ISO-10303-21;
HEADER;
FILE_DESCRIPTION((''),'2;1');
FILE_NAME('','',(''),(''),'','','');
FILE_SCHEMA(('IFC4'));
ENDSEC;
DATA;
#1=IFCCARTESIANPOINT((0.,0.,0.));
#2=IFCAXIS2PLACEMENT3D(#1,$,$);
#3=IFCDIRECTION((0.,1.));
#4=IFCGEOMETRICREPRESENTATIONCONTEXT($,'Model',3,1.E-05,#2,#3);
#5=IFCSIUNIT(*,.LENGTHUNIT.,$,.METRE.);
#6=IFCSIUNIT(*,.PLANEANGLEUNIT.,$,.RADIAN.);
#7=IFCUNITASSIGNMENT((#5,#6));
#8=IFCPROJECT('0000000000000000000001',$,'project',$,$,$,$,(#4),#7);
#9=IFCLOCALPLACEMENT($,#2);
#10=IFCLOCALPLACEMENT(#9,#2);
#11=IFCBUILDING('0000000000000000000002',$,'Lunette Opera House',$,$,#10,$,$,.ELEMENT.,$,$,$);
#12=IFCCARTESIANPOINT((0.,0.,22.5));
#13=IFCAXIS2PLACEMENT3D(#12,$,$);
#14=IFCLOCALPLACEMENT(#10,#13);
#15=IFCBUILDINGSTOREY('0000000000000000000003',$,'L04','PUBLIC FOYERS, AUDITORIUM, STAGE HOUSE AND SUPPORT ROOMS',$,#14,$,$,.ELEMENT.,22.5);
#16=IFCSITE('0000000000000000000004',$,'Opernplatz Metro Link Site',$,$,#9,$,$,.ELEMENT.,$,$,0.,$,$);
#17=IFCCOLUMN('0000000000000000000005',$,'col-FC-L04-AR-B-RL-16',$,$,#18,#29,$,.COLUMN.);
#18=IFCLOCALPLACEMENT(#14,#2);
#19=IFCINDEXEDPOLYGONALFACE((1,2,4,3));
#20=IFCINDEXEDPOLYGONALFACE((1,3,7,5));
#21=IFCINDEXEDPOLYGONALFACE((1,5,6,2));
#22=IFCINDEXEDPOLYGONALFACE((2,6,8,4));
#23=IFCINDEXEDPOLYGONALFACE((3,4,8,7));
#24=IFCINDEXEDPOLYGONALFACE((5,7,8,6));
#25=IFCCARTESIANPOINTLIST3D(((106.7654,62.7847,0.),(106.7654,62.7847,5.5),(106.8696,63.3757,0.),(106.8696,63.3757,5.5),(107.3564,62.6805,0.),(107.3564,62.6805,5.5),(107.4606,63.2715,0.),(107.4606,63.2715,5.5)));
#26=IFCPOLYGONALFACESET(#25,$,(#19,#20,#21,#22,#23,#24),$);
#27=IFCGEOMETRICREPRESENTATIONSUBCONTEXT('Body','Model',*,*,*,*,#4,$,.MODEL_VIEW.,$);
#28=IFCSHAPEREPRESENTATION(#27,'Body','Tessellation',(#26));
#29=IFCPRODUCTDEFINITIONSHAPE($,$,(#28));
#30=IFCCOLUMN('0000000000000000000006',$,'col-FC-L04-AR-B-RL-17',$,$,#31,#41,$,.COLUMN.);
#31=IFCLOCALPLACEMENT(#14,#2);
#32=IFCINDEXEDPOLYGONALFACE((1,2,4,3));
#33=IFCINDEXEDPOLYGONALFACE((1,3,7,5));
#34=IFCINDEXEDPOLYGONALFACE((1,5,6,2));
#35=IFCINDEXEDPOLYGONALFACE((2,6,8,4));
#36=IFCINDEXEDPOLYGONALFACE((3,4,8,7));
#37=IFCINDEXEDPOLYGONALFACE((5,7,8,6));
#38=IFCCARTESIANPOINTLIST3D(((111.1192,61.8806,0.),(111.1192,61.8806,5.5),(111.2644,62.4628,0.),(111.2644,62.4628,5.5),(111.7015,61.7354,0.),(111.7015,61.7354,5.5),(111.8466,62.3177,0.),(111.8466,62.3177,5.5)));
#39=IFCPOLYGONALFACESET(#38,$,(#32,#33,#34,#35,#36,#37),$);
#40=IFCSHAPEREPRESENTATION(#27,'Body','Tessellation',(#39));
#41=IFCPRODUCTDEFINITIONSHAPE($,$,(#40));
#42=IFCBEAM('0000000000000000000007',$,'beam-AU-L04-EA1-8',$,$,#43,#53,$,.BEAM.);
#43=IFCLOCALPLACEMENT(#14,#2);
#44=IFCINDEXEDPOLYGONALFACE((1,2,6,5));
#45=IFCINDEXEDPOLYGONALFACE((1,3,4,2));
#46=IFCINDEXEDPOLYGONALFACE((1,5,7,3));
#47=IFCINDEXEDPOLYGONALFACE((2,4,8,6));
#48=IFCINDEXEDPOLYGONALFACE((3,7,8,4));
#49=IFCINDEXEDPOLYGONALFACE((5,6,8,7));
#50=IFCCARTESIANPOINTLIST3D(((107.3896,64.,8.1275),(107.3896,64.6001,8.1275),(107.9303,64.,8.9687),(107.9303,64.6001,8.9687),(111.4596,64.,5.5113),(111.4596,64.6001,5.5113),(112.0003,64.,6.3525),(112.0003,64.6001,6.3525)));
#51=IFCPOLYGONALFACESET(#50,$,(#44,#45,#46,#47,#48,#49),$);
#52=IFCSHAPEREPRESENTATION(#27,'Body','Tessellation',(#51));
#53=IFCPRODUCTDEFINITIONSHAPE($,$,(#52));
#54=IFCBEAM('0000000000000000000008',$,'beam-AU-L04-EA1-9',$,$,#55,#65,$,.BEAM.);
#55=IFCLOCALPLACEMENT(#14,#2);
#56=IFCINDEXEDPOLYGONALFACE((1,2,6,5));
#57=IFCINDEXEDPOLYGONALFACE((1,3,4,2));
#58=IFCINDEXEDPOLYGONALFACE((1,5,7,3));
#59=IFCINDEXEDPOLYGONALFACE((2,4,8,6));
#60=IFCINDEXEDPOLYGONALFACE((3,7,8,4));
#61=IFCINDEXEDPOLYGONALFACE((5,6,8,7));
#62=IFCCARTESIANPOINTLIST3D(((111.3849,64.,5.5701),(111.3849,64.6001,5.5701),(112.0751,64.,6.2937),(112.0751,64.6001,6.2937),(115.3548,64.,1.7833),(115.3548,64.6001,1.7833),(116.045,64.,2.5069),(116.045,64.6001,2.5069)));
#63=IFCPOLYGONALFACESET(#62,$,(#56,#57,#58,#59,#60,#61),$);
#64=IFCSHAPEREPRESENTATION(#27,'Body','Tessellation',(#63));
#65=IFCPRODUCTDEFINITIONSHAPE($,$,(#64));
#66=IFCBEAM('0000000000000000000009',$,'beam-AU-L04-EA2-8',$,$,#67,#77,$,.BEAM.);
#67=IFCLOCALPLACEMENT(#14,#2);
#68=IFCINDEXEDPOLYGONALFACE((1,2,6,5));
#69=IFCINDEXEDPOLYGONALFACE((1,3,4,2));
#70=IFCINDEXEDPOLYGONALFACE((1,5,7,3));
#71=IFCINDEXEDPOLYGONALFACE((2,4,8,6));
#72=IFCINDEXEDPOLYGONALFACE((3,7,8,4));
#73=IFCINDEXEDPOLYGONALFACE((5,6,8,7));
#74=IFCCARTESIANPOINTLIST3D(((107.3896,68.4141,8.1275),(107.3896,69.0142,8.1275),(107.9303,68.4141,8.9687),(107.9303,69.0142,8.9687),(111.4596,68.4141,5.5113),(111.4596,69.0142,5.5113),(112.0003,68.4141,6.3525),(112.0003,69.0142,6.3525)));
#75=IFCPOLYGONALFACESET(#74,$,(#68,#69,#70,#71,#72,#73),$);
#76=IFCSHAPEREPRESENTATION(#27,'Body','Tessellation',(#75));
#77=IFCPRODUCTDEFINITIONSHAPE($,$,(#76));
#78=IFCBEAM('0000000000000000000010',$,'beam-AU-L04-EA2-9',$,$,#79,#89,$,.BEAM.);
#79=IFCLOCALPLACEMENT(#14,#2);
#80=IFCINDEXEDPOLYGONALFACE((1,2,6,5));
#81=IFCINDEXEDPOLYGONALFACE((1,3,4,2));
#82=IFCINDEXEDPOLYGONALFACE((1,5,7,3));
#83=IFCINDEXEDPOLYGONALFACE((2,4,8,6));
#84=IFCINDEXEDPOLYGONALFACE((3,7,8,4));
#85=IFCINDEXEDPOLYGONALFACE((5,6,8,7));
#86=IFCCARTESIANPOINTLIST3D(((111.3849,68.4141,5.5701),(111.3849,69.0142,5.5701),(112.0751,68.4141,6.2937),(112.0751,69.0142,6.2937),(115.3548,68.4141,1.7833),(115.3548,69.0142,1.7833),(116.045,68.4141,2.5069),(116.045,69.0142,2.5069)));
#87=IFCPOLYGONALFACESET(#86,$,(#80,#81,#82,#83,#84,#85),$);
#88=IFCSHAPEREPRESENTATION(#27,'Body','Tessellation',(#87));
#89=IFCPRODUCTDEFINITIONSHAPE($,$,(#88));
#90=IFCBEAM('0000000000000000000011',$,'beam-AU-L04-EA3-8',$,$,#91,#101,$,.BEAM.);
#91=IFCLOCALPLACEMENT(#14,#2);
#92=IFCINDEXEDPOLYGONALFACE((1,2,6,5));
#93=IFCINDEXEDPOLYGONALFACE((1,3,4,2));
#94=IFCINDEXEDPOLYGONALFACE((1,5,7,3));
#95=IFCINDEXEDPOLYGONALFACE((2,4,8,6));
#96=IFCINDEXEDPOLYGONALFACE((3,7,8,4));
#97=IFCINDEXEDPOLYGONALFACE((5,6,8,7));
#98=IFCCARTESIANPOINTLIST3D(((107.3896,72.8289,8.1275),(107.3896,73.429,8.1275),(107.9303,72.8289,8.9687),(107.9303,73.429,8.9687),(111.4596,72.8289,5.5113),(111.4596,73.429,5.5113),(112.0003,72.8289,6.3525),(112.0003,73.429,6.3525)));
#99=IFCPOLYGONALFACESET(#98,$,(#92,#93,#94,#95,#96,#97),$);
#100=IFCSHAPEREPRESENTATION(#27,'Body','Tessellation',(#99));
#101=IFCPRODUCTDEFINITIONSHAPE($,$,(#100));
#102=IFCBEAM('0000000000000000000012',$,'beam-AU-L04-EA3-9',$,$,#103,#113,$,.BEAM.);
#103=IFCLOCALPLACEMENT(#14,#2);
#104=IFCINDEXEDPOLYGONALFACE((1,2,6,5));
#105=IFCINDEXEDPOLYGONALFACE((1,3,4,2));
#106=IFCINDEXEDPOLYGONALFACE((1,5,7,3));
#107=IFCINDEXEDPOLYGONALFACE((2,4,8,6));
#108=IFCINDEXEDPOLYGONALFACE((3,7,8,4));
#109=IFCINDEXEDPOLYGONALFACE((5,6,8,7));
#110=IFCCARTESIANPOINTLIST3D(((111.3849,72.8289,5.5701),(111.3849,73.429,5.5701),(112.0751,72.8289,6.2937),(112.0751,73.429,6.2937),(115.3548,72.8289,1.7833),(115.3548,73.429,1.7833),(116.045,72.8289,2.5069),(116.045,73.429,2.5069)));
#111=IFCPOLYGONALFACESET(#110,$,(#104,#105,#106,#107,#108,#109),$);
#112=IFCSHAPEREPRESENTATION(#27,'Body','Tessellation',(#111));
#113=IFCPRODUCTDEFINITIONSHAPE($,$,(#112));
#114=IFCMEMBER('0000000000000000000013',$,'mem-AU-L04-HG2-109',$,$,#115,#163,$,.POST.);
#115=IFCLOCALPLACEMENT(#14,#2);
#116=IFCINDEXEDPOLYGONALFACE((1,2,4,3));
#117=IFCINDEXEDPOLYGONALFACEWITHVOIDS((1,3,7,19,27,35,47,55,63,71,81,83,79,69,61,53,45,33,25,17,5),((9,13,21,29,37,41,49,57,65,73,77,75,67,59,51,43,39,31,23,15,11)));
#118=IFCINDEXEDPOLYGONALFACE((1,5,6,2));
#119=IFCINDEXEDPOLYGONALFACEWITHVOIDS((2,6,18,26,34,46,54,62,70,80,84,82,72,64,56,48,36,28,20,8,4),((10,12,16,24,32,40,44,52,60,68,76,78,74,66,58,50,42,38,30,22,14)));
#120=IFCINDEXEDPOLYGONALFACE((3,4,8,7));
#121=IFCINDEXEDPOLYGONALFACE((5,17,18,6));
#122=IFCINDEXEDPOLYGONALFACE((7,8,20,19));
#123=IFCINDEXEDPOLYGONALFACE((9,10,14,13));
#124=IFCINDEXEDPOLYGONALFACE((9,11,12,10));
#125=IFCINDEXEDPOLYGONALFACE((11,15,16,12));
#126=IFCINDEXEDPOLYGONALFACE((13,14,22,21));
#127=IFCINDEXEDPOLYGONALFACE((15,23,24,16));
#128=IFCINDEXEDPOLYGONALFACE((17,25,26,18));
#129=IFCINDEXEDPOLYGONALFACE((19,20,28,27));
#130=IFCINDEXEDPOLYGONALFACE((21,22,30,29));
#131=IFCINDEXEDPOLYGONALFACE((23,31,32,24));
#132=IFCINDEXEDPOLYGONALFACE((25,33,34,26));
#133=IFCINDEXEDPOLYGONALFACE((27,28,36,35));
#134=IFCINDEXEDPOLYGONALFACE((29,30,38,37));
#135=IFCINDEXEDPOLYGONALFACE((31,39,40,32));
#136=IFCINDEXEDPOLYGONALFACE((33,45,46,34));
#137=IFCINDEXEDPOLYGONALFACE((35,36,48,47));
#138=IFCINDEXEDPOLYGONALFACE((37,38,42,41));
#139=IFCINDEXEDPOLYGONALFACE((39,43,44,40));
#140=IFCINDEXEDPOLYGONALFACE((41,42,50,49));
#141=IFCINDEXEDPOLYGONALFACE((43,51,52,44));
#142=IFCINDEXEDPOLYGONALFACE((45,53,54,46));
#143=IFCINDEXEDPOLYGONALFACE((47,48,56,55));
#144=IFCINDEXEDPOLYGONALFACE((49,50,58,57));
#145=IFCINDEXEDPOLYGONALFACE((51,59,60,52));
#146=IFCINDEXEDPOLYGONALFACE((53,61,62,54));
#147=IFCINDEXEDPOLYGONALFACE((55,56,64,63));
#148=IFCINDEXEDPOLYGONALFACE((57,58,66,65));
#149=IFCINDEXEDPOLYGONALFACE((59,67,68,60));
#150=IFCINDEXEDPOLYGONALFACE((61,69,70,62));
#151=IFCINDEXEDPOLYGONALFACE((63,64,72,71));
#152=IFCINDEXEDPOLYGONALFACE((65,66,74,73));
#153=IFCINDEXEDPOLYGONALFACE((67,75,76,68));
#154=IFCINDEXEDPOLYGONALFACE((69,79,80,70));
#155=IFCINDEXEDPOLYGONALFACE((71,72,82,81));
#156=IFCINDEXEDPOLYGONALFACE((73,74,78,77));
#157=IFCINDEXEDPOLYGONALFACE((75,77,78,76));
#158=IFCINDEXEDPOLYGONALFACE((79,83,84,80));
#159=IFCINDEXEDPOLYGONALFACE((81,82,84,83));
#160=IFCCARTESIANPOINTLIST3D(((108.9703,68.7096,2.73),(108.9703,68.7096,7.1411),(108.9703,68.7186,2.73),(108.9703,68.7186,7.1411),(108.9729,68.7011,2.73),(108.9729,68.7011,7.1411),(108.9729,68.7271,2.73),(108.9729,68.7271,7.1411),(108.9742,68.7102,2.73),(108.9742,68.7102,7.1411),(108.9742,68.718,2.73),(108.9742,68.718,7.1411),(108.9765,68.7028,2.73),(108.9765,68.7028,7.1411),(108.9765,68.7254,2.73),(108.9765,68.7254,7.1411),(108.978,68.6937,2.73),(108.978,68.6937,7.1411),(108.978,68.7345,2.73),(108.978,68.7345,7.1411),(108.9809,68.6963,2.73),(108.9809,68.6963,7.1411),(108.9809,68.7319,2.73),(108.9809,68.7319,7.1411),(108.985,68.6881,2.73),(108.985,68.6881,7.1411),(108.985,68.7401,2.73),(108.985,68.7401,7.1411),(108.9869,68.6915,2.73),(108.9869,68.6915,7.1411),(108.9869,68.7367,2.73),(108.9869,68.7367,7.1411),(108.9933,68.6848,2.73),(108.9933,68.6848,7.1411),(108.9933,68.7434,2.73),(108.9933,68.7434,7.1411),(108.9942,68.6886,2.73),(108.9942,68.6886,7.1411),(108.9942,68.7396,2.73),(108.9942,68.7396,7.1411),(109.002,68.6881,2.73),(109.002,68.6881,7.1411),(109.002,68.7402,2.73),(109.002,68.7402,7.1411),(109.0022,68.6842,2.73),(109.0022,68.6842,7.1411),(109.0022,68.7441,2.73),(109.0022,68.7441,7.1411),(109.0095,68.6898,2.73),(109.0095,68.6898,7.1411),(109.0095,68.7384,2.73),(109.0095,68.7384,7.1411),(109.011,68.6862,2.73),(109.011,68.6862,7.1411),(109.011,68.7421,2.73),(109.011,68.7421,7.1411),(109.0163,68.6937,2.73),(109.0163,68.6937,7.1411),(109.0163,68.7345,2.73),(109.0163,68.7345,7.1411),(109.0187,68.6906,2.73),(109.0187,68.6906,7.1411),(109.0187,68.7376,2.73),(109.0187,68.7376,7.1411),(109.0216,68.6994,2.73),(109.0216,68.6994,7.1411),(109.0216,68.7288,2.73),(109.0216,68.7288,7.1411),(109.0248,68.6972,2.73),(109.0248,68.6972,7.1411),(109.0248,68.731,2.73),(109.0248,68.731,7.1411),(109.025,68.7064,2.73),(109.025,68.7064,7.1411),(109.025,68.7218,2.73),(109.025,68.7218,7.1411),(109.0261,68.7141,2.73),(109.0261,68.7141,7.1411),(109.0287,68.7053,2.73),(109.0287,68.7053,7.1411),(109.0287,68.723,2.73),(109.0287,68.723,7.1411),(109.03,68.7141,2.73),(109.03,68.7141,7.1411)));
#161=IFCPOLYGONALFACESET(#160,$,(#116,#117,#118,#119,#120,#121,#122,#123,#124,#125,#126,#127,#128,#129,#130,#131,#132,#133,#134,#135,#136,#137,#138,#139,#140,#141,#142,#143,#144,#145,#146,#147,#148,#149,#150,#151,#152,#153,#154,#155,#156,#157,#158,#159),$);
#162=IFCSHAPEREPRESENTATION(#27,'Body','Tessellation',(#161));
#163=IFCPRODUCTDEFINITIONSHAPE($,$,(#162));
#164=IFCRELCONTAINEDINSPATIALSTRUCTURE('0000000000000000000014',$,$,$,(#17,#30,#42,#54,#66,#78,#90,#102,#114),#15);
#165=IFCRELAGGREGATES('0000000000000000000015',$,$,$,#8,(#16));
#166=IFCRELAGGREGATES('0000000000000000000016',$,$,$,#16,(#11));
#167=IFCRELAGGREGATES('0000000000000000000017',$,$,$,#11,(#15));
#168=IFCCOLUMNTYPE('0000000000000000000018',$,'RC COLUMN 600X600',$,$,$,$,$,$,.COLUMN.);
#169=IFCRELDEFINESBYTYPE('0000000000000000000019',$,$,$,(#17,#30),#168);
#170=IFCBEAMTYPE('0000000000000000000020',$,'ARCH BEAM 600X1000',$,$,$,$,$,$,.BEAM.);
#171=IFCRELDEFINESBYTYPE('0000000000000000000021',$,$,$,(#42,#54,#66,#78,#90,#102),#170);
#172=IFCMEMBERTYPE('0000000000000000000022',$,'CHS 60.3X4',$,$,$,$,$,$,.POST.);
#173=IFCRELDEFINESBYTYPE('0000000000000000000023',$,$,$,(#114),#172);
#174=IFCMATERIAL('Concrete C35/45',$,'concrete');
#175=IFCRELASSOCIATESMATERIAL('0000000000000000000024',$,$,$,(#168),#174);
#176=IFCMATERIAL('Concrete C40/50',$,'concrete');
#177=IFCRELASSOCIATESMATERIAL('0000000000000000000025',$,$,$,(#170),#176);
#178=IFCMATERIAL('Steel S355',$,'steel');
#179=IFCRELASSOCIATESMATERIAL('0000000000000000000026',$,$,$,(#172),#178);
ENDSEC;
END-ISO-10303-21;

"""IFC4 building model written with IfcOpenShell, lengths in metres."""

from ifc_helpers import new_model, si_unit, direction, frame, origin, origin_2d, place, context, subcontext, project, spatial, rectangle, hollow_circle, extrude, material, material_profile, profile_set, type_object, element, save


model = new_model("IFC4")

# Units and contexts
model_context = context("Model", 3, precision=1e-05, world=origin(), true_north=direction((0.0, 1.0)))
body_context = subcontext(model_context, "Body", "Model", "MODEL_VIEW")
ifc_project = project(units=[si_unit("LENGTHUNIT", "METRE"), si_unit("PLANEANGLEUNIT", "RADIAN")], contexts=[model_context])

# Site, building, storey
site_placement = place(None, origin())
site = spatial("IfcSite", under=ifc_project, at=site_placement, Name="Opernplatz Metro Link Site", CompositionType="ELEMENT", RefElevation=0.0)
building_placement = place(site_placement, origin())
building = spatial("IfcBuilding", under=site, at=building_placement, Name="Lunette Opera House", CompositionType="ELEMENT")
storey_placement = place(building_placement, frame((0.0, 0.0, 22.5)))
storey = spatial("IfcBuildingStorey", under=building, at=storey_placement, Name="L04", Description="PUBLIC FOYERS, AUDITORIUM, STAGE HOUSE AND SUPPORT ROOMS", CompositionType="ELEMENT", Elevation=22.5)

# Columns
ifc_material_1 = material(Name="Concrete C35/45", Category="concrete")
ifc_material_profile_1 = material_profile(ifc_material_1, rectangle(XDim=0.6001, YDim=0.6001, at=origin_2d()), Name="RC COLUMN 600X600")
ifc_profile_set_1 = profile_set([ifc_material_profile_1], Name="Concrete C35/45")
column_type = type_object("IfcColumnType", Name="RC COLUMN 600X600", PredefinedType="COLUMN", material=ifc_profile_set_1)
for number, where, z_axis, x_axis, name in (
    (1, (107.113, 63.0281, 0.0), (0.0, 0.0, 1.0), (0.984808, -0.173648, 0.0), "col-FC-L04-AR-B-RL-16"),
    (2, (111.4829, 62.0991, 0.0), (0.0, 0.0, 1.0), (0.970296, -0.241922, 0.0), "col-FC-L04-AR-B-RL-17"),
):
    element("IfcColumn", number, at=place(storey_placement, frame(where, z_axis=z_axis, x_axis=x_axis)), inside=storey, type_object=column_type, Name=name, PredefinedType="COLUMN", context=body_context, shape_type="SweptSolid", body=[
        extrude(rectangle(XDim=0.6001, YDim=0.6001, at=origin_2d()), origin(), (0.0, 0.0, 1.0), 5.5),
    ])

# Beams
ifc_material_2 = material(Name="Concrete C40/50", Category="concrete")
ifc_material_profile_2 = material_profile(ifc_material_2, rectangle(XDim=0.6001, YDim=1.0, at=origin_2d()), Name="ARCH BEAM 600X1000")
ifc_profile_set_2 = profile_set([ifc_material_profile_2], Name="Concrete C40/50")
beam_type_1 = type_object("IfcBeamType", Name="ARCH BEAM 600X1000", PredefinedType="BEAM", material=ifc_profile_set_2)
beam_1_placement = place(storey_placement, frame((107.6599, 64.3, 8.5481), z_axis=(0.841203, 0.0, -0.540719), x_axis=(0.0, 1.0, 0.0)))
element("IfcBeam", 3, at=beam_1_placement, inside=storey, type_object=beam_type_1, Name="beam-AU-L04-EA1-8", PredefinedType="BEAM", context=body_context, shape_type="SweptSolid", body=[
    extrude(rectangle(XDim=0.6001, YDim=1.0, at=origin_2d()), origin(), (0.0, 0.0, 1.0), 4.8384),
])
beam_2_placement = place(storey_placement, frame((111.73, 64.3, 5.9319), z_axis=(0.723597, 0.0, -0.690223), x_axis=(0.0, 1.0, 0.0)))
element("IfcBeam", 4, at=beam_2_placement, inside=storey, type_object=beam_type_1, Name="beam-AU-L04-EA1-9", PredefinedType="BEAM", context=body_context, shape_type="SweptSolid", body=[
    extrude(rectangle(XDim=0.6001, YDim=1.0, at=origin_2d()), origin(), (0.0, 0.0, 1.0), 5.4863),
])
beam_3_placement = place(storey_placement, frame((107.6599, 68.7141, 8.5481), z_axis=(0.841203, 0.0, -0.540719), x_axis=(0.0, 1.0, 0.0)))
element("IfcBeam", 5, at=beam_3_placement, inside=storey, type_object=beam_type_1, Name="beam-AU-L04-EA2-8", PredefinedType="BEAM", context=body_context, shape_type="SweptSolid", body=[
    extrude(rectangle(XDim=0.6001, YDim=1.0, at=origin_2d()), origin(), (0.0, 0.0, 1.0), 4.8384),
])
beam_4_placement = place(storey_placement, frame((111.73, 68.7141, 5.9319), z_axis=(0.723597, 0.0, -0.690223), x_axis=(0.0, 1.0, 0.0)))
element("IfcBeam", 6, at=beam_4_placement, inside=storey, type_object=beam_type_1, Name="beam-AU-L04-EA2-9", PredefinedType="BEAM", context=body_context, shape_type="SweptSolid", body=[
    extrude(rectangle(XDim=0.6001, YDim=1.0, at=origin_2d()), origin(), (0.0, 0.0, 1.0), 5.4863),
])
beam_5_placement = place(storey_placement, frame((107.6599, 73.1289, 8.5481), z_axis=(0.841203, 0.0, -0.540719), x_axis=(0.0, 1.0, 0.0)))
element("IfcBeam", 7, at=beam_5_placement, inside=storey, type_object=beam_type_1, Name="beam-AU-L04-EA3-8", PredefinedType="BEAM", context=body_context, shape_type="SweptSolid", body=[
    extrude(rectangle(XDim=0.6001, YDim=1.0, at=origin_2d()), origin(), (0.0, 0.0, 1.0), 4.8384),
])
beam_6_placement = place(storey_placement, frame((111.73, 73.1289, 5.9319), z_axis=(0.723597, 0.0, -0.690223), x_axis=(0.0, 1.0, 0.0)))
element("IfcBeam", 8, at=beam_6_placement, inside=storey, type_object=beam_type_1, Name="beam-AU-L04-EA3-9", PredefinedType="BEAM", context=body_context, shape_type="SweptSolid", body=[
    extrude(rectangle(XDim=0.6001, YDim=1.0, at=origin_2d()), origin(), (0.0, 0.0, 1.0), 5.4863),
])

# Member
ifc_material_3 = material(Name="Steel S355", Category="steel")
ifc_material_profile_3 = material_profile(ifc_material_3, hollow_circle(Radius=0.03, WallThickness=0.0039, at=origin_2d()), Name="CHS 60.3X4")
ifc_profile_set_3 = profile_set([ifc_material_profile_3], Name="Steel S355")
member_type = type_object("IfcMemberType", Name="CHS 60.3X4", PredefinedType="POST", material=ifc_profile_set_3)
for number, where, z_axis, x_axis, name in (
    (9, (109.0, 68.7141, 2.73), (0.0, 0.0, 1.0), (1.0, 0.0, 0.0), "mem-AU-L04-HG2-109"),
):
    element("IfcMember", number, at=place(storey_placement, frame(where, z_axis=z_axis, x_axis=x_axis)), inside=storey, type_object=member_type, Name=name, PredefinedType="POST", context=body_context, shape_type="SweptSolid", body=[
        extrude(hollow_circle(Radius=0.03, WallThickness=0.0039, at=origin_2d()), origin(), (0.0, 0.0, 1.0), 4.4111),
    ])

save(model, "model.ifc")
